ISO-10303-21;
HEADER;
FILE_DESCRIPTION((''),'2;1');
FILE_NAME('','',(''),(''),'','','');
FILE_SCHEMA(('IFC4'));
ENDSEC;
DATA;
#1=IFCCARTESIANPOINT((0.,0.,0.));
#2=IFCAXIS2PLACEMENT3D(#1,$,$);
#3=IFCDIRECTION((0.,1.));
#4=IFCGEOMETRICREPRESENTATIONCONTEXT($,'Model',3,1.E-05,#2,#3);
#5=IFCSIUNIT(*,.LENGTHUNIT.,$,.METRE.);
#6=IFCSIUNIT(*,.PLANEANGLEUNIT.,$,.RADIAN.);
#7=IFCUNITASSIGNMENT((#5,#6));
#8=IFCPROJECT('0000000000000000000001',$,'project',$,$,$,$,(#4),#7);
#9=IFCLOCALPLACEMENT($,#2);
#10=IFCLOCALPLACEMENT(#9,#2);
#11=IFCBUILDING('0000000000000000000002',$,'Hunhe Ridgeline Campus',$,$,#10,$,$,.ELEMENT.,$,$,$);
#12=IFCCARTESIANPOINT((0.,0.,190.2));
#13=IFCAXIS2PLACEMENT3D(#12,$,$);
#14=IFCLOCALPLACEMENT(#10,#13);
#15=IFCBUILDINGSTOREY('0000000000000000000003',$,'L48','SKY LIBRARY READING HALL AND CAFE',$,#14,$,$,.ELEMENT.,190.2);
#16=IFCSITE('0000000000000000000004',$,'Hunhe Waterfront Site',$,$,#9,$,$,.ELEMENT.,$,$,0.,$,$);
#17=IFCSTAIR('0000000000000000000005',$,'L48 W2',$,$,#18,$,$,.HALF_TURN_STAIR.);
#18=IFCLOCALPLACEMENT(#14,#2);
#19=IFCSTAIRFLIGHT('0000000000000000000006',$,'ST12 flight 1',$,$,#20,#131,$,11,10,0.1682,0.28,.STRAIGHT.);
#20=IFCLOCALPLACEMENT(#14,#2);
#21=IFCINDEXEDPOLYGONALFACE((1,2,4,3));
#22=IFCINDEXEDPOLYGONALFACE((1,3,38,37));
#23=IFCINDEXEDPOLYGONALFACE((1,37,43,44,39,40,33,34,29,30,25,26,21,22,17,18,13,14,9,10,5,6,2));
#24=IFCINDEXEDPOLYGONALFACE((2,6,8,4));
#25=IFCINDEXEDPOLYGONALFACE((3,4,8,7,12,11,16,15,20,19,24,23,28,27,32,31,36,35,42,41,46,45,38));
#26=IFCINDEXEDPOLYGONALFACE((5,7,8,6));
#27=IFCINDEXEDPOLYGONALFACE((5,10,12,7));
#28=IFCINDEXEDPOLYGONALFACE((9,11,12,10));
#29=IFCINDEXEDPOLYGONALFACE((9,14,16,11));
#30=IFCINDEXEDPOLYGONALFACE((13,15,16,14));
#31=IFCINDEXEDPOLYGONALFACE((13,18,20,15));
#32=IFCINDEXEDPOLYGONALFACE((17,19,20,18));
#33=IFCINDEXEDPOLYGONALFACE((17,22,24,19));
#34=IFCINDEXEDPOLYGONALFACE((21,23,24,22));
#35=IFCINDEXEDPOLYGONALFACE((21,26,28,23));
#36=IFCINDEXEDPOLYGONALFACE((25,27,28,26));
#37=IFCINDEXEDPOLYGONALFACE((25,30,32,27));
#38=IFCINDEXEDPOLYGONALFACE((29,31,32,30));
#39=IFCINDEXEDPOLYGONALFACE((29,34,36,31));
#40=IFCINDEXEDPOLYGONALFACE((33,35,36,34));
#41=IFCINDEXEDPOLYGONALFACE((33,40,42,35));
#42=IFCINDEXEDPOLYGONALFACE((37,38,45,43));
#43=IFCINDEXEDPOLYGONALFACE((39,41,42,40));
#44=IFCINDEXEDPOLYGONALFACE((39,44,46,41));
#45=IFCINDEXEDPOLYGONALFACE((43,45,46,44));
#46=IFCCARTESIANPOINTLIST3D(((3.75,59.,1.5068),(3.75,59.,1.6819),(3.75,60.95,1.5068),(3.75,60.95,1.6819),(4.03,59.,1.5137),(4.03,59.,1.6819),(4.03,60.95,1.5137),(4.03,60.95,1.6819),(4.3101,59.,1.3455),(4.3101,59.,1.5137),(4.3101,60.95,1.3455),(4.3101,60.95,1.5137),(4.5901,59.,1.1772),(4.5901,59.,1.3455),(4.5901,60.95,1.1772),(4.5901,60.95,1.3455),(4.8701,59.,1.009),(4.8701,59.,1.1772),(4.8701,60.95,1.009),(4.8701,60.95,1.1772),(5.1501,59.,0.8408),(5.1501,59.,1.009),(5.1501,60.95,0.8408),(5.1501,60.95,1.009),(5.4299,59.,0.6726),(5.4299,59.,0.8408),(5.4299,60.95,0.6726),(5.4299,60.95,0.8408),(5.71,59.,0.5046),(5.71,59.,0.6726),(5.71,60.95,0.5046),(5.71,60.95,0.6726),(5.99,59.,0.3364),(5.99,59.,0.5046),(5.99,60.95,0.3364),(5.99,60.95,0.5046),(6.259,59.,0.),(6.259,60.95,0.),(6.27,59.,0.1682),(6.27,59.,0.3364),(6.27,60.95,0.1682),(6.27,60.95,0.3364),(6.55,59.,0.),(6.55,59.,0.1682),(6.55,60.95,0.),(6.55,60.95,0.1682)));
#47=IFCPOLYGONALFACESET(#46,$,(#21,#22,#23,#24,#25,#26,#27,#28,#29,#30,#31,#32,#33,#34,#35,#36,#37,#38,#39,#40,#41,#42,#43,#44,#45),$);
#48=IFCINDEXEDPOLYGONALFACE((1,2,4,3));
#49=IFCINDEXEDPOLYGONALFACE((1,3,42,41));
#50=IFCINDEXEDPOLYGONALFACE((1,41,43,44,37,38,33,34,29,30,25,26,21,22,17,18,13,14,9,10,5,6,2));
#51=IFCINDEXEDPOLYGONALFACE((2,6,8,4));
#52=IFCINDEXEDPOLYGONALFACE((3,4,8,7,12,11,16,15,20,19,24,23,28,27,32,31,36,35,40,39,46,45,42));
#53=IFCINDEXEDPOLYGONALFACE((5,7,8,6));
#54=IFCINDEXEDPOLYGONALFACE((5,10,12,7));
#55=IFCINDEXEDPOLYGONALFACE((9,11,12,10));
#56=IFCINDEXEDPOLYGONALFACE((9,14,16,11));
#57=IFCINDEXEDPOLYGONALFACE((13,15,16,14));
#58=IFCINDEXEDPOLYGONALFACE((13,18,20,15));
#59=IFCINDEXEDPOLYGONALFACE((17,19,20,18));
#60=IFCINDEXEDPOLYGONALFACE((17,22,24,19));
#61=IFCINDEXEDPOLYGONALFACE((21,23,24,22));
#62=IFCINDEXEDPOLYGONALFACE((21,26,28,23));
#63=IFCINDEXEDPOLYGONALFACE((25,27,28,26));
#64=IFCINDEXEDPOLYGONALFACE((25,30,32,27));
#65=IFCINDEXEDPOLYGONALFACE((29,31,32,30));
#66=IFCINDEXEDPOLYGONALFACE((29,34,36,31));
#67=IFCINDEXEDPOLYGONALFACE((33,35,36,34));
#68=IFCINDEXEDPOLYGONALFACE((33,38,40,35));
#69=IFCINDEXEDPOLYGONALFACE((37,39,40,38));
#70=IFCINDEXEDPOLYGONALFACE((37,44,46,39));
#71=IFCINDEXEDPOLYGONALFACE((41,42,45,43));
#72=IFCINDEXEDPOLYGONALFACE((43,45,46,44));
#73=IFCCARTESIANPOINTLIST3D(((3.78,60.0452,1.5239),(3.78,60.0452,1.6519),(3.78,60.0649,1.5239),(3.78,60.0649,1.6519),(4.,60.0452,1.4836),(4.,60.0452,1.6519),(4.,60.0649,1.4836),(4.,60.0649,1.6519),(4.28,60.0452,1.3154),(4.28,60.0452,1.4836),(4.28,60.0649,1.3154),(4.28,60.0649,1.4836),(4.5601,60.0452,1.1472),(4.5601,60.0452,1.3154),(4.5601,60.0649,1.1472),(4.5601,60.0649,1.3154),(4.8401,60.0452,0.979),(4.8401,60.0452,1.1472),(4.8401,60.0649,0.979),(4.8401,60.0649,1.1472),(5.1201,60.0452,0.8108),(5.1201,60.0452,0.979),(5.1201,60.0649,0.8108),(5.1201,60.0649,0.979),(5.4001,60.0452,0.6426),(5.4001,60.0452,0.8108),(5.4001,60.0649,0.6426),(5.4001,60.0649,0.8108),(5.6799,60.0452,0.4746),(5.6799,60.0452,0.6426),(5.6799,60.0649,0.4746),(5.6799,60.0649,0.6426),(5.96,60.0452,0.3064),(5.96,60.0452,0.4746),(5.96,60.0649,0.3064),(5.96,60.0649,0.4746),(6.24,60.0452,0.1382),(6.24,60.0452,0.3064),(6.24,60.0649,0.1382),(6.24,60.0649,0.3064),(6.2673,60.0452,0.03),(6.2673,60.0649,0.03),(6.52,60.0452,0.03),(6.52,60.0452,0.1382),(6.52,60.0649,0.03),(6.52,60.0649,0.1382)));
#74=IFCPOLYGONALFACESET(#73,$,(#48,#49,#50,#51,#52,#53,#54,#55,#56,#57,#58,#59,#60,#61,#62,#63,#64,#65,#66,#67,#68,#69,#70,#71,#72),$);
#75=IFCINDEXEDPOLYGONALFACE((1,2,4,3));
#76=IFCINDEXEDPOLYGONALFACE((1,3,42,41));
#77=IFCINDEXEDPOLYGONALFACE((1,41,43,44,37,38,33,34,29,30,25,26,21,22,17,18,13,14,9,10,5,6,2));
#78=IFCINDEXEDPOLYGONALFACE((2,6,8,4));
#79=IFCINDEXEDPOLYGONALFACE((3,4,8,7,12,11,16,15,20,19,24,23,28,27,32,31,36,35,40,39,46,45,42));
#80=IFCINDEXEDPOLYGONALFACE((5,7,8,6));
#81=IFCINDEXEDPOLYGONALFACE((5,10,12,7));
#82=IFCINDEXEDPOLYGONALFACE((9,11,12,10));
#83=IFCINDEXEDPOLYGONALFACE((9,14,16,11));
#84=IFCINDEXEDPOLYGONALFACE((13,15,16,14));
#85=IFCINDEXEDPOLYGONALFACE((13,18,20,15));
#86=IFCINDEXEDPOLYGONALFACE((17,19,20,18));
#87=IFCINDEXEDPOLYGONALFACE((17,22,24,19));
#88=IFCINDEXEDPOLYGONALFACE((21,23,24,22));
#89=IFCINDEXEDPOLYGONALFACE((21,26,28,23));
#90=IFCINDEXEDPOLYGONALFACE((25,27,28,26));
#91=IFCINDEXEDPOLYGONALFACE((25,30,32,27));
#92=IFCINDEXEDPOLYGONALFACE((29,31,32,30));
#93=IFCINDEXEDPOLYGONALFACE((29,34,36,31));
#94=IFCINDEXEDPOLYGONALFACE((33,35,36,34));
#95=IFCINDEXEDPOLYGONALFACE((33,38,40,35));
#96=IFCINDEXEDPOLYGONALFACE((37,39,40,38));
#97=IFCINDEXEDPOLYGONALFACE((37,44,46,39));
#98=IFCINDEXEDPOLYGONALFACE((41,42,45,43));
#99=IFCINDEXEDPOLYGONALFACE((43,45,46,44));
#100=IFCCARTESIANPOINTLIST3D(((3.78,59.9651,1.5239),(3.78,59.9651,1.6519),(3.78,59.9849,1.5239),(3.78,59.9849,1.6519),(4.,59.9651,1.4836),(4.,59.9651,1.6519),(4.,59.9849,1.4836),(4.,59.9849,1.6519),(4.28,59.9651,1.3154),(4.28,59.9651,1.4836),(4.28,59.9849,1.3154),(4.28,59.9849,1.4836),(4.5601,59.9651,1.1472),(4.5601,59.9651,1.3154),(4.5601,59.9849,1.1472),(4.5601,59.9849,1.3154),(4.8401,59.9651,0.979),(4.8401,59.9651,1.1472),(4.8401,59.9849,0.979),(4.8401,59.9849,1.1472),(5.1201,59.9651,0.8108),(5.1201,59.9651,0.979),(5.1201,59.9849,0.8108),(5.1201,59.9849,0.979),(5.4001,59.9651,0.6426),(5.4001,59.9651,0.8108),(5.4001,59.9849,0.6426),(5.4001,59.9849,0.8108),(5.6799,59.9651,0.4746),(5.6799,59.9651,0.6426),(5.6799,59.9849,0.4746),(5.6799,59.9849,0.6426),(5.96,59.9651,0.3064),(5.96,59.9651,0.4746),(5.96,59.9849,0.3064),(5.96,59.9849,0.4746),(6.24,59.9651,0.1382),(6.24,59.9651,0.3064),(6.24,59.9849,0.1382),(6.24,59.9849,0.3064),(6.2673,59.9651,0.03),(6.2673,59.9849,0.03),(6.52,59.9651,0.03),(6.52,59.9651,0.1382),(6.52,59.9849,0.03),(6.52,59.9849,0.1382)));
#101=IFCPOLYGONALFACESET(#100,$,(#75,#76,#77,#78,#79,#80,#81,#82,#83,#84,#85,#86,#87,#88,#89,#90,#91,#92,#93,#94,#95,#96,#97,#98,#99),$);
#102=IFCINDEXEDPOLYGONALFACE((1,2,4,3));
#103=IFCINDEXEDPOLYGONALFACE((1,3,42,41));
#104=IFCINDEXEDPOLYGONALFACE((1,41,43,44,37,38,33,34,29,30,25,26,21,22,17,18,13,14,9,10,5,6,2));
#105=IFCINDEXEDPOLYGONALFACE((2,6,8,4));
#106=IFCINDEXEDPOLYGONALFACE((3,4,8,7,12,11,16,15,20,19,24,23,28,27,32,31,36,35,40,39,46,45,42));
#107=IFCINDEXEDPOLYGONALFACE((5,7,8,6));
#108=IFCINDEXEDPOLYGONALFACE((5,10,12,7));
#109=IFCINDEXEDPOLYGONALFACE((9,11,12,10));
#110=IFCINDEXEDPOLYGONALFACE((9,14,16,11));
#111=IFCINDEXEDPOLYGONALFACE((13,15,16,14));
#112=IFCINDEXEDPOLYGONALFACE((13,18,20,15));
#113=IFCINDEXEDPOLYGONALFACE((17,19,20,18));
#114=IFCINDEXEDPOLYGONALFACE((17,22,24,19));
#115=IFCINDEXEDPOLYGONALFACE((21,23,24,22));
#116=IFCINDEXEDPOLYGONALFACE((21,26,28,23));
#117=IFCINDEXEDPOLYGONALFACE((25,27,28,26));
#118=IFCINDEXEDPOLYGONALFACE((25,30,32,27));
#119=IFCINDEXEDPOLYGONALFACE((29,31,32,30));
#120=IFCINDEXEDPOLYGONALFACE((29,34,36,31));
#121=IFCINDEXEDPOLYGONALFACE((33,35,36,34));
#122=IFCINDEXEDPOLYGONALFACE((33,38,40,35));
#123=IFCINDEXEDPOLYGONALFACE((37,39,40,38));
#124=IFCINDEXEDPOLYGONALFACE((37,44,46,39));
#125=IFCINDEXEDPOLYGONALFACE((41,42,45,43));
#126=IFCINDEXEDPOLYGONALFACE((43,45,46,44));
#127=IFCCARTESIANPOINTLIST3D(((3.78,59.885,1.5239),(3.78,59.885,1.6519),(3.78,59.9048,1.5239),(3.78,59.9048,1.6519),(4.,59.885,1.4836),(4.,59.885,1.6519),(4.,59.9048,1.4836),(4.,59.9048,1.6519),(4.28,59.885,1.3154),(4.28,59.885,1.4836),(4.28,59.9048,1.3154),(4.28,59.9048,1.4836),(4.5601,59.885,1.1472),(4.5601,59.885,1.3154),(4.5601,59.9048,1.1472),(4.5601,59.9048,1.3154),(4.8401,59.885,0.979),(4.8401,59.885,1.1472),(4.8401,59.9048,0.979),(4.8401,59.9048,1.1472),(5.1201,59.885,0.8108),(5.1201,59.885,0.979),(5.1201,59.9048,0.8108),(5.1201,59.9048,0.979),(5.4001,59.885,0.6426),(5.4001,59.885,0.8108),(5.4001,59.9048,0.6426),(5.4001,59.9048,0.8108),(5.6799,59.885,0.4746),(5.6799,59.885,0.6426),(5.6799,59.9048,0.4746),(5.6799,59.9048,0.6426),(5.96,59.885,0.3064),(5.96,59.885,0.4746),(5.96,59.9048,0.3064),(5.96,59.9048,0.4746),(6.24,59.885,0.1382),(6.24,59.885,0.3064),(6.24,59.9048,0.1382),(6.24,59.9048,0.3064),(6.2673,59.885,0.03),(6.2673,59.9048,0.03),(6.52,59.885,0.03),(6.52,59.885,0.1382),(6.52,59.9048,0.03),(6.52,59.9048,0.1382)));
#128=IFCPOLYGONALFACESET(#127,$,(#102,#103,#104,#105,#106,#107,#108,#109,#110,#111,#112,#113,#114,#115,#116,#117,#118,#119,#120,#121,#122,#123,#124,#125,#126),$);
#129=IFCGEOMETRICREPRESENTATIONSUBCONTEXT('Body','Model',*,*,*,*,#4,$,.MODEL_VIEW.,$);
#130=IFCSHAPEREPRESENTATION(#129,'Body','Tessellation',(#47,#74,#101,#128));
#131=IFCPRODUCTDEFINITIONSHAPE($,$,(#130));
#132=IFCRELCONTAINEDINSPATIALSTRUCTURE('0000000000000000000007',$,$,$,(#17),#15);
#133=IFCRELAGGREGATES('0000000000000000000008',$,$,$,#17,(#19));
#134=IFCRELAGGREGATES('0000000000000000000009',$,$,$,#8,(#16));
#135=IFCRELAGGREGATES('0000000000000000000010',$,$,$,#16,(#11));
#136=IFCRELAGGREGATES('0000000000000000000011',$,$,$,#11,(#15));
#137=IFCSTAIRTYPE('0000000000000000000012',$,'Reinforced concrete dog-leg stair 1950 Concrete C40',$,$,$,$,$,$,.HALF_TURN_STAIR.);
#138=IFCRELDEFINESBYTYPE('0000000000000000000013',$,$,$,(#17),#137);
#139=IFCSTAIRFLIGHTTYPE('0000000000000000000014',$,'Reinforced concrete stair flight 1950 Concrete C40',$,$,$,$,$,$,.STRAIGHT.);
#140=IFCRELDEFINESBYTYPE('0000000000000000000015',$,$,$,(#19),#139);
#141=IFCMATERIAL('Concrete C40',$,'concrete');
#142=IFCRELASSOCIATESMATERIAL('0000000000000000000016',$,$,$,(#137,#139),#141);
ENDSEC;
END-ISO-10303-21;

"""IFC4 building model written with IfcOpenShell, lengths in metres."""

from ifc_helpers import new_model, si_unit, direction, frame, origin, place, context, subcontext, project, spatial, polyline, outline, extrude, material, type_object, element, aggregate, save


model = new_model("IFC4")

# Units and contexts
model_context = context("Model", 3, precision=1e-05, world=origin(), true_north=direction((0.0, 1.0)))
body_context = subcontext(model_context, "Body", "Model", "MODEL_VIEW")
ifc_project = project(units=[si_unit("LENGTHUNIT", "METRE"), si_unit("PLANEANGLEUNIT", "RADIAN")], contexts=[model_context])

# Site, building, storey
site_placement = place(None, origin())
site = spatial("IfcSite", under=ifc_project, at=site_placement, Name="Hunhe Waterfront Site", CompositionType="ELEMENT", RefElevation=0.0)
building_placement = place(site_placement, origin())
building = spatial("IfcBuilding", under=site, at=building_placement, Name="Hunhe Ridgeline Campus", CompositionType="ELEMENT")
storey_placement = place(building_placement, frame((0.0, 0.0, 190.2)))
storey = spatial("IfcBuildingStorey", under=building, at=storey_placement, Name="L48", Description="SKY LIBRARY READING HALL AND CAFE", CompositionType="ELEMENT", Elevation=190.2)

# Shared definitions
ifc_material_1 = material(Name="Concrete C40", Category="concrete")
stair_type = type_object("IfcStairType", Name="Reinforced concrete dog-leg stair 1950 Concrete C40", PredefinedType="HALF_TURN_STAIR", material=ifc_material_1)
stair_flight_type = type_object("IfcStairFlightType", Name="Reinforced concrete stair flight 1950 Concrete C40", PredefinedType="STRAIGHT", material=ifc_material_1)

# Stair, stair flight
stair_1_placement = place(storey_placement, origin())
stair_1 = element("IfcStair", 1, at=stair_1_placement, inside=storey, type_object=stair_type, Name="L48 W2", PredefinedType="HALF_TURN_STAIR")
stair_flight_1_placement = place(storey_placement, frame((6.55, 59.9751, 0.0), z_axis=(0.0, 0.0, 1.0), x_axis=(-1.0, 0.0, 0.0)))
stair_flight_1 = element("IfcStairFlight", 2, at=stair_flight_1_placement, type_object=stair_flight_type, Name="ST12 flight 1", NumberOfRisers=11, NumberOfTreads=10, PredefinedType="STRAIGHT", RiserHeight=0.1682, TreadLength=0.28, context=body_context, shape_type="SweptSolid", body=[
    extrude(outline(polyline([(0.0, 0.0), (0.0, 0.1682), (0.28, 0.1682), (0.28, 0.3364), (0.5601, 0.3364), (0.5601, 0.5046), (0.8401, 0.5046), (0.8401, 0.6726), (1.1201, 0.6726), (1.1201, 0.8408), (1.3999, 0.8408), (1.3999, 1.009), (1.6799, 1.009), (1.6799, 1.1772), (1.96, 1.1772), (1.96, 1.3455), (2.24, 1.3455), (2.24, 1.5137), (2.52, 1.5137), (2.52, 1.6819), (2.8, 1.6819), (2.8, 1.8501), (2.8, 1.5068), (0.291, 0.0), (0.0, 0.0)])), frame((0.0, 0.9751, 0.0), z_axis=(0.0, -1.0, 0.0), x_axis=(1.0, 0.0, 0.0)), (0.0, 0.0, 1.0), 1.95),
    extrude(outline(polyline([(0.03, 0.03), (0.03, 0.1382), (0.3101, 0.1382), (0.3101, 0.3064), (0.5901, 0.3064), (0.5901, 0.4746), (0.8701, 0.4746), (0.8701, 0.6426), (1.1499, 0.6426), (1.1499, 0.8108), (1.4299, 0.8108), (1.4299, 0.979), (1.71, 0.979), (1.71, 1.1472), (1.99, 1.1472), (1.99, 1.3154), (2.27, 1.3154), (2.27, 1.4836), (2.55, 1.4836), (2.55, 1.6519), (2.77, 1.6519), (2.77, 1.5239), (0.2827, 0.03), (0.03, 0.03)])), frame((0.0, -0.0701, 0.0), z_axis=(0.0, -1.0, 0.0), x_axis=(1.0, 0.0, 0.0)), (0.0, 0.0, 1.0), 0.0198),
    extrude(outline(polyline([(0.03, 0.03), (0.03, 0.1382), (0.3101, 0.1382), (0.3101, 0.3064), (0.5901, 0.3064), (0.5901, 0.4746), (0.8701, 0.4746), (0.8701, 0.6426), (1.1499, 0.6426), (1.1499, 0.8108), (1.4299, 0.8108), (1.4299, 0.979), (1.71, 0.979), (1.71, 1.1472), (1.99, 1.1472), (1.99, 1.3154), (2.27, 1.3154), (2.27, 1.4836), (2.55, 1.4836), (2.55, 1.6519), (2.77, 1.6519), (2.77, 1.5239), (0.2827, 0.03), (0.03, 0.03)])), frame((0.0, 0.01, 0.0), z_axis=(0.0, -1.0, 0.0), x_axis=(1.0, 0.0, 0.0)), (0.0, 0.0, 1.0), 0.0198),
    extrude(outline(polyline([(0.03, 0.03), (0.03, 0.1382), (0.3101, 0.1382), (0.3101, 0.3064), (0.5901, 0.3064), (0.5901, 0.4746), (0.8701, 0.4746), (0.8701, 0.6426), (1.1499, 0.6426), (1.1499, 0.8108), (1.4299, 0.8108), (1.4299, 0.979), (1.71, 0.979), (1.71, 1.1472), (1.99, 1.1472), (1.99, 1.3154), (2.27, 1.3154), (2.27, 1.4836), (2.55, 1.4836), (2.55, 1.6519), (2.77, 1.6519), (2.77, 1.5239), (0.2827, 0.03), (0.03, 0.03)])), frame((0.0, 0.0901, 0.0), z_axis=(0.0, -1.0, 0.0), x_axis=(1.0, 0.0, 0.0)), (0.0, 0.0, 1.0), 0.0198),
])
aggregate(stair_1, [stair_flight_1])

save(model, "model.ifc")
